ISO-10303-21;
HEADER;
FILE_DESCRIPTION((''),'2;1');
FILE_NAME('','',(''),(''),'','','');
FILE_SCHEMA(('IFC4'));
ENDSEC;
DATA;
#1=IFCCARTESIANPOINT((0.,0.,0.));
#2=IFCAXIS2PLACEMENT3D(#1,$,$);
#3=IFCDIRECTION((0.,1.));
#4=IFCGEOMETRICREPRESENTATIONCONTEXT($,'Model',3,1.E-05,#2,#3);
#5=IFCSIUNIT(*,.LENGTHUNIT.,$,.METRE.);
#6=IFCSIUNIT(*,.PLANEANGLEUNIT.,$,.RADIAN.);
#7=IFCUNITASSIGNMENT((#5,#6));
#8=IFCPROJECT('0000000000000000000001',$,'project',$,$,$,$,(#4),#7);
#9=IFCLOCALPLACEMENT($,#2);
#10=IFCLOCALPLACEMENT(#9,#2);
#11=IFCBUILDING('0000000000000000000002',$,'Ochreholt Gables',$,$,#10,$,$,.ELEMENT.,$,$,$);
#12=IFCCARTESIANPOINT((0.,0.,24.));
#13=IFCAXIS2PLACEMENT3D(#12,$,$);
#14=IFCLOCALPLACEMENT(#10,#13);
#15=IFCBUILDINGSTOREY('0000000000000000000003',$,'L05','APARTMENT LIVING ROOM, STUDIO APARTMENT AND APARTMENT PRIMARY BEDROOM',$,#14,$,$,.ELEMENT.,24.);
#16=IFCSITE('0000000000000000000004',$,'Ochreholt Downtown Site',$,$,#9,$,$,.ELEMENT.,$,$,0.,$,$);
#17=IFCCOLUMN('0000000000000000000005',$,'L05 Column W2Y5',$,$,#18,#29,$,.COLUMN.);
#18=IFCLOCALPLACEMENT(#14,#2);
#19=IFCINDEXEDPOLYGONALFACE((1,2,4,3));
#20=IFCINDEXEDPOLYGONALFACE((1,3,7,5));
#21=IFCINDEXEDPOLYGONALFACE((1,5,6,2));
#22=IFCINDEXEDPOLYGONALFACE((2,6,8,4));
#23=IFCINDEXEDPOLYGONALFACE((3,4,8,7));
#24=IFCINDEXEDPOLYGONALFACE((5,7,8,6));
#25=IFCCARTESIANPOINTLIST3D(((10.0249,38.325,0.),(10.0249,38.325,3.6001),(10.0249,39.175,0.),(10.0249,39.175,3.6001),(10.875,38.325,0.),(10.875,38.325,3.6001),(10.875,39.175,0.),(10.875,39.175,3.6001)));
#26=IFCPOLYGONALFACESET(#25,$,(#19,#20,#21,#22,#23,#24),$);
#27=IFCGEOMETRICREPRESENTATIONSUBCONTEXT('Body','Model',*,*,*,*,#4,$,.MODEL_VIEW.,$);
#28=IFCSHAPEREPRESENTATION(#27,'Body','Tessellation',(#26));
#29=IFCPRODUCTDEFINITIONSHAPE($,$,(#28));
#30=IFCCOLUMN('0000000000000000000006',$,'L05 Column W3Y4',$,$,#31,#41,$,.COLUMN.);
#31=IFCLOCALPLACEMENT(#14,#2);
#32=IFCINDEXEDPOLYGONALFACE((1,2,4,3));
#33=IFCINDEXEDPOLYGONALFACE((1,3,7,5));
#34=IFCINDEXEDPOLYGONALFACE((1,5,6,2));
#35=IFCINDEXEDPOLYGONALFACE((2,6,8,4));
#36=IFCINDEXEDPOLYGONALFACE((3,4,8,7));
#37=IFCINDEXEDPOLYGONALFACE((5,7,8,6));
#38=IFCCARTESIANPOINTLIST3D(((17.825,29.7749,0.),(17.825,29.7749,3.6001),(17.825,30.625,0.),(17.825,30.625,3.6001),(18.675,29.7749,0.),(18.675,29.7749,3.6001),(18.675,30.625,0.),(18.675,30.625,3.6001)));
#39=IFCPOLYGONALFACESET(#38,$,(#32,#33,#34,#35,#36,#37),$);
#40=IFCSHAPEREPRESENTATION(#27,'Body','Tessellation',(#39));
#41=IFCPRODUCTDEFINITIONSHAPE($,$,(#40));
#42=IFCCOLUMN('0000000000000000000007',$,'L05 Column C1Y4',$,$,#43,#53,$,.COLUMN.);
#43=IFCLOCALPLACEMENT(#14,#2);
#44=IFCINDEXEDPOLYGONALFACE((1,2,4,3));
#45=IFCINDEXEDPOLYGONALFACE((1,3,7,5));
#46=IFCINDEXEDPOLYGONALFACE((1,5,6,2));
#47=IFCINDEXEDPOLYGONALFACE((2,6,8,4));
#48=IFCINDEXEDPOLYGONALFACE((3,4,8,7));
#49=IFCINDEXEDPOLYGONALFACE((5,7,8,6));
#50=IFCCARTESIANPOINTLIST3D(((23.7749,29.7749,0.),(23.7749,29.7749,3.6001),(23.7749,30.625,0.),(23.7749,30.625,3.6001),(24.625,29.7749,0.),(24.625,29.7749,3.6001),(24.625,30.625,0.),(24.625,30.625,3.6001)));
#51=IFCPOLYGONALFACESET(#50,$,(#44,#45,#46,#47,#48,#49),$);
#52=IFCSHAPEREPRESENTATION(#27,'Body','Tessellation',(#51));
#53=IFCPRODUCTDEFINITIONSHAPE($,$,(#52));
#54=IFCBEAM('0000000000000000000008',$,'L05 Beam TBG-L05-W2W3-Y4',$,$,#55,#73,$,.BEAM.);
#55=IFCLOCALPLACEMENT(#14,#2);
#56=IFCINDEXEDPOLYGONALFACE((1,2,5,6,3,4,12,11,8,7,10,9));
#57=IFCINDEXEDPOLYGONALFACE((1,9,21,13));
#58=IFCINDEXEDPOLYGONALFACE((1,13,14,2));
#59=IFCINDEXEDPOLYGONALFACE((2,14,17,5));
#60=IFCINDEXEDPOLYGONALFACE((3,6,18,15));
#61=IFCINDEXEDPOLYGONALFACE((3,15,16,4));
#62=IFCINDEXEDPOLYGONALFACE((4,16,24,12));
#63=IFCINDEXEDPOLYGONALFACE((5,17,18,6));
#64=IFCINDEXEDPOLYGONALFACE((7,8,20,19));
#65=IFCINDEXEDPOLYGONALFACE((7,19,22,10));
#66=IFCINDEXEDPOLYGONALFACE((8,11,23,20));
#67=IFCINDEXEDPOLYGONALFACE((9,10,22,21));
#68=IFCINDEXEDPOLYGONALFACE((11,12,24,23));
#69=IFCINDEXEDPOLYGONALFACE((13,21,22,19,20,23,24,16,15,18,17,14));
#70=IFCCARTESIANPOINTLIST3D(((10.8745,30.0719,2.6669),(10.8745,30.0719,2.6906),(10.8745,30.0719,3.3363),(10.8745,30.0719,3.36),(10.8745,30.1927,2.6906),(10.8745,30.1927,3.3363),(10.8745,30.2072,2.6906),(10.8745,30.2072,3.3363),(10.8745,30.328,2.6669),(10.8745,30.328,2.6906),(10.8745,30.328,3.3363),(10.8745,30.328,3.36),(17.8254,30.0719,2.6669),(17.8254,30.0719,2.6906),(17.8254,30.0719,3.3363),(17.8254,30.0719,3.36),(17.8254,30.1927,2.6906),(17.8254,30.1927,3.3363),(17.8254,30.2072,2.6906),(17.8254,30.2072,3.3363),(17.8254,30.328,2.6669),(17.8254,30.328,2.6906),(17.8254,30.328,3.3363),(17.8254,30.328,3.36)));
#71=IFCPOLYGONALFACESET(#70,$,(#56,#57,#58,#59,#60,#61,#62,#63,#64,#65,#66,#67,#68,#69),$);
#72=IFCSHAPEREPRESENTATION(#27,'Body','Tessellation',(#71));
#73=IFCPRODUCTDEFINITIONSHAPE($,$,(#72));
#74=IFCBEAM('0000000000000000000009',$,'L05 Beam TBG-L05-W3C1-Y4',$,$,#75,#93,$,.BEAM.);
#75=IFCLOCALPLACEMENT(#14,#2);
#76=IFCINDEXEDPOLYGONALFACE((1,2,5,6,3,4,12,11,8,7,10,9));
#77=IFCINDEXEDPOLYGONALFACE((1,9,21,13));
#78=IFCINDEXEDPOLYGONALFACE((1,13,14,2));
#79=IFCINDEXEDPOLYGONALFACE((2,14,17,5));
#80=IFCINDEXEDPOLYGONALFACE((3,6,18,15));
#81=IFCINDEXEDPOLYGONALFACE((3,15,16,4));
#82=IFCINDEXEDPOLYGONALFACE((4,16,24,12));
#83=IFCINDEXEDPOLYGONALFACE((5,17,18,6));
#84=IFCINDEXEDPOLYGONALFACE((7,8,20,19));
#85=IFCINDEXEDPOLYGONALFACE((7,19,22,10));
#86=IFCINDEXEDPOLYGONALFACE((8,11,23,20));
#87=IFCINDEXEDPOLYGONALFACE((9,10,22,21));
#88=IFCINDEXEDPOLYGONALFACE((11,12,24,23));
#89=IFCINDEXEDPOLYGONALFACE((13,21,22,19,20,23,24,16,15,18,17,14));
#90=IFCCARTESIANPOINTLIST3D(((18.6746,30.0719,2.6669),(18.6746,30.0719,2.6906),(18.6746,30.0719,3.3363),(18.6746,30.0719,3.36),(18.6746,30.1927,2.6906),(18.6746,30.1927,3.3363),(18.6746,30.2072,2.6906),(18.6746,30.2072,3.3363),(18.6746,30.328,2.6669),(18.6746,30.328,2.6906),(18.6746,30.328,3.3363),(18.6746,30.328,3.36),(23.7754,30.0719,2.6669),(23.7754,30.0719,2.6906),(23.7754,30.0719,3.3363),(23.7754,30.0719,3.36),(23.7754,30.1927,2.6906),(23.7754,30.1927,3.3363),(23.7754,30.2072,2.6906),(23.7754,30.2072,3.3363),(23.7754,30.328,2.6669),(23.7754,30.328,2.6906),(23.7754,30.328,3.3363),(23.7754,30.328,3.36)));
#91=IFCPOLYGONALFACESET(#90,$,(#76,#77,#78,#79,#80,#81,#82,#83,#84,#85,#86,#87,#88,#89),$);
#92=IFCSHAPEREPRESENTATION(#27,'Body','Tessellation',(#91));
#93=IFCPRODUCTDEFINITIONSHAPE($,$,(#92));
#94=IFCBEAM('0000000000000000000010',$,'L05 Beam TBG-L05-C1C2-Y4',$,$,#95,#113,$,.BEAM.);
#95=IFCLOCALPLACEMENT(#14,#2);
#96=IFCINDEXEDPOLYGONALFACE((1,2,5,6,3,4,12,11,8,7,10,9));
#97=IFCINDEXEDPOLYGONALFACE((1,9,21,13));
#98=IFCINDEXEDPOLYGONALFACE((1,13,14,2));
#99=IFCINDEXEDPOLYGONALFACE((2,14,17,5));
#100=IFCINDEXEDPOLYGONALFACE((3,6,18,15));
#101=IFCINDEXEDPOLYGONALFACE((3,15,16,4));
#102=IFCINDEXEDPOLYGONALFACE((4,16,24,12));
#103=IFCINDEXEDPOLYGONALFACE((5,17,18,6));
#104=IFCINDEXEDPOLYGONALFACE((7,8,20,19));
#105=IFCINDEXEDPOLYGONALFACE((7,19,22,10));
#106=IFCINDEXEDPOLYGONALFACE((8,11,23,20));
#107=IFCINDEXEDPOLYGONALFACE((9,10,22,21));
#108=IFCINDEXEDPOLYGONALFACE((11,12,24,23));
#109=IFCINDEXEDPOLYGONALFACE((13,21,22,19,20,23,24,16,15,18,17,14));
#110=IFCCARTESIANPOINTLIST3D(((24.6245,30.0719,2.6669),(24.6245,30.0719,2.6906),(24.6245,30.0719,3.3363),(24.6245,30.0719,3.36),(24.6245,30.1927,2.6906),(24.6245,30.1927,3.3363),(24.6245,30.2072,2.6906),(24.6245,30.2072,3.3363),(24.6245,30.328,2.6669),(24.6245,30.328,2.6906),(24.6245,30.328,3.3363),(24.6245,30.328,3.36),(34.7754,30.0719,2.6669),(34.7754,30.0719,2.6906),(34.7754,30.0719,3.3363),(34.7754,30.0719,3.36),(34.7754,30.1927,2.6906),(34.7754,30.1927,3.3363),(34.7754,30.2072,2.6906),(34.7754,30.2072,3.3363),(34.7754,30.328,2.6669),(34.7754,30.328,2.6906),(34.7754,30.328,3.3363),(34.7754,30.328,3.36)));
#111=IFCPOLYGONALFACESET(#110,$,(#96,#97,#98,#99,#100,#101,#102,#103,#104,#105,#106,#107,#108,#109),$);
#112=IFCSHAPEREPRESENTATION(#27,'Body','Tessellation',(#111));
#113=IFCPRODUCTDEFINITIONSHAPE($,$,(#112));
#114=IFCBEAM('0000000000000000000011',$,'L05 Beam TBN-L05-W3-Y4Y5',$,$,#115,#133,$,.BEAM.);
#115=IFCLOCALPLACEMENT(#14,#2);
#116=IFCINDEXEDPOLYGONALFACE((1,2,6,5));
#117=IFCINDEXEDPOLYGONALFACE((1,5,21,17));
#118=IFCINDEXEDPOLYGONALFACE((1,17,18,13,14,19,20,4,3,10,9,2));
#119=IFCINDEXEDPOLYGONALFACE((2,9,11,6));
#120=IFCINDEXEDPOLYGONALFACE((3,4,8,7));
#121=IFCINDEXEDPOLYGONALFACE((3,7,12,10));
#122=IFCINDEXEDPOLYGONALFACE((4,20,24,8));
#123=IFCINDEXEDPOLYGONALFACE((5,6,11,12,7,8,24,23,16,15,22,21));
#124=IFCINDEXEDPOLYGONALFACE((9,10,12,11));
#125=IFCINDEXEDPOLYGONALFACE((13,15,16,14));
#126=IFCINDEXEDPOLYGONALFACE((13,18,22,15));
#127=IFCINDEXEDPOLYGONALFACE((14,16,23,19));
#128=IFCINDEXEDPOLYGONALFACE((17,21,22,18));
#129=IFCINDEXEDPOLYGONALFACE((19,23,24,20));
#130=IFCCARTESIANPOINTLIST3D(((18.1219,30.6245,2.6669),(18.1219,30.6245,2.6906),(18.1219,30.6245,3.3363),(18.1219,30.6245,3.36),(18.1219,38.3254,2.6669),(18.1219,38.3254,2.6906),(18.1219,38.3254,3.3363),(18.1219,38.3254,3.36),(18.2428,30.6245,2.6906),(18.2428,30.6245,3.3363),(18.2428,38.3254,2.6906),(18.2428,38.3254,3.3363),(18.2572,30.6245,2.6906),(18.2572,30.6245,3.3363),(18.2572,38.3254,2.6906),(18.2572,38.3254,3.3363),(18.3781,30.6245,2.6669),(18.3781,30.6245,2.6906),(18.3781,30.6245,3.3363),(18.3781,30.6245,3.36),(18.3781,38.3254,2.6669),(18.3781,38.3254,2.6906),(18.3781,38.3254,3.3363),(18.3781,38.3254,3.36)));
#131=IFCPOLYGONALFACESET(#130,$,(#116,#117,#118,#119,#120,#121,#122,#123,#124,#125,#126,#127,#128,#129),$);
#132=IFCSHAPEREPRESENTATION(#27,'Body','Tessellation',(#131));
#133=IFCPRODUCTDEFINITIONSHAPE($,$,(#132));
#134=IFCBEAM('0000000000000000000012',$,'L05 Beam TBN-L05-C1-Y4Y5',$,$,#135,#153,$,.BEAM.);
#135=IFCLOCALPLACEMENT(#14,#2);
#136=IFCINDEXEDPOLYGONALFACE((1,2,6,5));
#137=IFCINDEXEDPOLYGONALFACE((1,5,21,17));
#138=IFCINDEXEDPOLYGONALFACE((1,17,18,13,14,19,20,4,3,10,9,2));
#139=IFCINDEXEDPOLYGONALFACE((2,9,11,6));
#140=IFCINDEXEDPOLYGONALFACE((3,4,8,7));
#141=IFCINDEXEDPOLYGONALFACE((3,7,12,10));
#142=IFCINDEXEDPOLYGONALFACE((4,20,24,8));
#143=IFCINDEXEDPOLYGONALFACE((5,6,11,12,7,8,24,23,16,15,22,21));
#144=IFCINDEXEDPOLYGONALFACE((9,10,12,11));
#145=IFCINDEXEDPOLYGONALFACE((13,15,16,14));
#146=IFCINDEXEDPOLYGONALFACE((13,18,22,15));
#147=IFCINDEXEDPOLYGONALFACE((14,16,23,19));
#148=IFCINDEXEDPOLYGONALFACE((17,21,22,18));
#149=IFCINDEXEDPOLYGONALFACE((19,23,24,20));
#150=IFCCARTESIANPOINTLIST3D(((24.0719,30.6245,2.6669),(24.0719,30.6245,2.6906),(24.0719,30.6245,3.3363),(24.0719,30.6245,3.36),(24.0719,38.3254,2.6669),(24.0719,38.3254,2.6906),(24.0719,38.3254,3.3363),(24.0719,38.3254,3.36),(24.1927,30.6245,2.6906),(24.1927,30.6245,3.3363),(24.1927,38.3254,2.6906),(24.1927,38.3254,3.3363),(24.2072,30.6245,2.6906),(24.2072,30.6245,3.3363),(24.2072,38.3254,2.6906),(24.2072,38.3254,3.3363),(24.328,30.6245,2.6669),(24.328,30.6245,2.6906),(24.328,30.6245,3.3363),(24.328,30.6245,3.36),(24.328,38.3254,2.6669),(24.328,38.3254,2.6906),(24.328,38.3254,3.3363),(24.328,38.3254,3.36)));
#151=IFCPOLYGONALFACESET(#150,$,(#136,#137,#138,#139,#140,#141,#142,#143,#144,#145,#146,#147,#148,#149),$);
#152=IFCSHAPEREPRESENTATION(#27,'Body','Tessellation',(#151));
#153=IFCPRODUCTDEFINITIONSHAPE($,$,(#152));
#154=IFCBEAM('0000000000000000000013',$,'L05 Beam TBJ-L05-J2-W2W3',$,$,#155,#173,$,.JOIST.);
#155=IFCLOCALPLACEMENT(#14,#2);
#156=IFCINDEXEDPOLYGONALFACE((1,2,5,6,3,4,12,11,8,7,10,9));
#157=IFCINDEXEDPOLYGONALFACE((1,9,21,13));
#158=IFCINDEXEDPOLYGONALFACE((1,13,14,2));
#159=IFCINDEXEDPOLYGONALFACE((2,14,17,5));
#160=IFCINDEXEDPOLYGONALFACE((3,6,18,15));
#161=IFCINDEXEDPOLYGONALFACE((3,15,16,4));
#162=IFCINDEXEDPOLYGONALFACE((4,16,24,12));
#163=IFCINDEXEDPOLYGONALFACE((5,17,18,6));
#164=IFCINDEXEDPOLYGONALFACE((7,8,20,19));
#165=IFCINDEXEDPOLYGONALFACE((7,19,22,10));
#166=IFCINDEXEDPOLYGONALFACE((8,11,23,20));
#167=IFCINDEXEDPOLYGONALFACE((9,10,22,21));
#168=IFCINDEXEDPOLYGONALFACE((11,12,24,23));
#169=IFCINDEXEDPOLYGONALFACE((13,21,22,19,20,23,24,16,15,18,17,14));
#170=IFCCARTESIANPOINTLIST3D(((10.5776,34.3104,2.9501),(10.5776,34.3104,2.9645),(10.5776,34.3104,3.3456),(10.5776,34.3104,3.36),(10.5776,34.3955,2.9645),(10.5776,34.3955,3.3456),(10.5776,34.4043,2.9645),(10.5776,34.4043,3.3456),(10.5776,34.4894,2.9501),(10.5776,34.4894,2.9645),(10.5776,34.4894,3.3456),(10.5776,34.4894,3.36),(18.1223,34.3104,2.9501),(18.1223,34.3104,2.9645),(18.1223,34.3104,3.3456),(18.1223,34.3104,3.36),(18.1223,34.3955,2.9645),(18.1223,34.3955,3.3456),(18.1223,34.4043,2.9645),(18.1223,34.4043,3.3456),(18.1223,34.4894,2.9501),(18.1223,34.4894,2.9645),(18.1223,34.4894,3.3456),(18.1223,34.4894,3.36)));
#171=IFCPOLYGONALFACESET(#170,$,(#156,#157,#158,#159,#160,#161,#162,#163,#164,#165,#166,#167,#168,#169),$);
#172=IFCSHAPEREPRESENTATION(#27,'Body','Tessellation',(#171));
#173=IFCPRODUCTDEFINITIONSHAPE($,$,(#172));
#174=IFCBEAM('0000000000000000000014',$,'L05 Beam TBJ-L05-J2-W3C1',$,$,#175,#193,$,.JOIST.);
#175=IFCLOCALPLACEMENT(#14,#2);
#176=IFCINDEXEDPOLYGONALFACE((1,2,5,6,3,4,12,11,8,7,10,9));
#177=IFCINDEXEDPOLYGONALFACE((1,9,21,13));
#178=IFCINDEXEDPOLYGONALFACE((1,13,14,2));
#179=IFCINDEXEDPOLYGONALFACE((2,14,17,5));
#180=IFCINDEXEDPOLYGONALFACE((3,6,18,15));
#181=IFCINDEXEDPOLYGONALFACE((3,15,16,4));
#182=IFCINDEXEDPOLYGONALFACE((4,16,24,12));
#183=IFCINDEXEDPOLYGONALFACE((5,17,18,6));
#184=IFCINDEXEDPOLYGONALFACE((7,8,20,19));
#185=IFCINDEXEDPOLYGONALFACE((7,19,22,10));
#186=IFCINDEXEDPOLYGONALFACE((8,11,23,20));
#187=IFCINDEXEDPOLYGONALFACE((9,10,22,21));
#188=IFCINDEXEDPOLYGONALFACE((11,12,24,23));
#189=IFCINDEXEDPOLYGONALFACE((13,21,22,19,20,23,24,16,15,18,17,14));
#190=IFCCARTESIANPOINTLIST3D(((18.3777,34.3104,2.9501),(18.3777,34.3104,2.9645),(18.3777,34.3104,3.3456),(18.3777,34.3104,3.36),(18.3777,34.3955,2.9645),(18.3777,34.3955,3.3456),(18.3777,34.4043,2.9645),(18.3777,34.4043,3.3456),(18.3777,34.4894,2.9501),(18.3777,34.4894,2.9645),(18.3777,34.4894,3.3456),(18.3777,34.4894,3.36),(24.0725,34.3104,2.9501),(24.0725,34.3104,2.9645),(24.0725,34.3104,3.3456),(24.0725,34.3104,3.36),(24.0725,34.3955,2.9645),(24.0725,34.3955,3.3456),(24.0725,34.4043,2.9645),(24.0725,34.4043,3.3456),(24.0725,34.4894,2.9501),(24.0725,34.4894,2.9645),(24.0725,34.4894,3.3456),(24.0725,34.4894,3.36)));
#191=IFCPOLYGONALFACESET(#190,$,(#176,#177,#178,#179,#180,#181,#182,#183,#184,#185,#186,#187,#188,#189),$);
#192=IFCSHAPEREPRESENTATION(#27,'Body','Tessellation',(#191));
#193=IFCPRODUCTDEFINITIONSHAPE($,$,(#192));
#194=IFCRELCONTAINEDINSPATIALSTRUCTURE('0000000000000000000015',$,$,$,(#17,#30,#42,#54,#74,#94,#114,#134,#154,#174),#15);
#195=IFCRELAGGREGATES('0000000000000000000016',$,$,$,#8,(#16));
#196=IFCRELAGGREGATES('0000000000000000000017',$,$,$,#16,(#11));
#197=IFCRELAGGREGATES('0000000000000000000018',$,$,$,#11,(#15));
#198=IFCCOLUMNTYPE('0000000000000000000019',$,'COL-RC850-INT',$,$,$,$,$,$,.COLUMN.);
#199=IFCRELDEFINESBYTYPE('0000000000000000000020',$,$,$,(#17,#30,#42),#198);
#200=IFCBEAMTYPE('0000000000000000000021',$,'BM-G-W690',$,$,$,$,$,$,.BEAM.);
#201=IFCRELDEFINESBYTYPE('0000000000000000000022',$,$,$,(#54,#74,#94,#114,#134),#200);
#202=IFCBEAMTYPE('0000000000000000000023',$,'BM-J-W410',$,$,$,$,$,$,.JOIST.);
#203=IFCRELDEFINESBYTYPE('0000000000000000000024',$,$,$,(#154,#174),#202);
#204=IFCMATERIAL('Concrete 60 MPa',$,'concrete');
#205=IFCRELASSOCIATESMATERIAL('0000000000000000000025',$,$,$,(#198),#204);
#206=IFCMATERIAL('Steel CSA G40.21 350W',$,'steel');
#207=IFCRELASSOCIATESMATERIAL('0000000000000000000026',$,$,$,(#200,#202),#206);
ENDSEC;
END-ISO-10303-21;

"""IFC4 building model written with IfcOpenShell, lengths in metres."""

from ifc_helpers import new_model, si_unit, direction, frame, origin, origin_2d, place, context, subcontext, project, spatial, rectangle, i_section, extrude, material, material_profile, profile_set, type_object, element, save


model = new_model("IFC4")

# Units and contexts
model_context = context("Model", 3, precision=1e-05, world=origin(), true_north=direction((0.0, 1.0)))
body_context = subcontext(model_context, "Body", "Model", "MODEL_VIEW")
ifc_project = project(units=[si_unit("LENGTHUNIT", "METRE"), si_unit("PLANEANGLEUNIT", "RADIAN")], contexts=[model_context])

# Site, building, storey
site_placement = place(None, origin())
site = spatial("IfcSite", under=ifc_project, at=site_placement, Name="Ochreholt Downtown Site", CompositionType="ELEMENT", RefElevation=0.0)
building_placement = place(site_placement, origin())
building = spatial("IfcBuilding", under=site, at=building_placement, Name="Ochreholt Gables", CompositionType="ELEMENT")
storey_placement = place(building_placement, frame((0.0, 0.0, 24.0)))
storey = spatial("IfcBuildingStorey", under=building, at=storey_placement, Name="L05", Description="APARTMENT LIVING ROOM, STUDIO APARTMENT AND APARTMENT PRIMARY BEDROOM", CompositionType="ELEMENT", Elevation=24.0)

# Columns
ifc_material_1 = material(Name="Concrete 60 MPa", Category="concrete")
ifc_material_profile_1 = material_profile(ifc_material_1, rectangle(XDim=0.8501, YDim=0.8501, at=origin_2d()), Name="RC850X850")
ifc_profile_set_1 = profile_set([ifc_material_profile_1], Name="Concrete 60 MPa")
column_type = type_object("IfcColumnType", Name="COL-RC850-INT", PredefinedType="COLUMN", material=ifc_profile_set_1)
for number, where, z_axis, x_axis, name in (
    (1, (10.45, 38.75, 0.0), (0.0, 0.0, 1.0), (1.0, 0.0, 0.0), "L05 Column W2Y5"),
    (2, (18.25, 30.2, 0.0), (0.0, 0.0, 1.0), (1.0, 0.0, 0.0), "L05 Column W3Y4"),
    (3, (24.2, 30.2, 0.0), (0.0, 0.0, 1.0), (1.0, 0.0, 0.0), "L05 Column C1Y4"),
):
    element("IfcColumn", number, at=place(storey_placement, frame(where, z_axis=z_axis, x_axis=x_axis)), inside=storey, type_object=column_type, Name=name, PredefinedType="COLUMN", context=body_context, shape_type="SweptSolid", body=[
        extrude(rectangle(XDim=0.8501, YDim=0.8501, at=origin_2d()), origin(), (0.0, 0.0, 1.0), 3.6001),
    ])

# Beams
ifc_material_2 = material(Name="Steel CSA G40.21 350W", Category="steel")
ifc_material_profile_2 = material_profile(ifc_material_2, i_section(OverallWidth=0.2561, OverallDepth=0.6931, WebThickness=0.0144, FlangeThickness=0.0237, at=origin_2d()), Name="W690X170")
ifc_profile_set_2 = profile_set([ifc_material_profile_2], Name="Steel CSA G40.21 350W")
beam_type_1 = type_object("IfcBeamType", Name="BM-G-W690", PredefinedType="BEAM", material=ifc_profile_set_2)
beam_1_placement = place(storey_placement, frame((10.8745, 30.2, 3.0134), z_axis=(1.0, 0.0, 0.0), x_axis=(0.0, 1.0, 0.0)))
element("IfcBeam", 4, at=beam_1_placement, inside=storey, type_object=beam_type_1, Name="L05 Beam TBG-L05-W2W3-Y4", PredefinedType="BEAM", context=body_context, shape_type="SweptSolid", body=[
    extrude(i_section(OverallWidth=0.2561, OverallDepth=0.6931, WebThickness=0.0144, FlangeThickness=0.0237, at=origin_2d()), origin(), (0.0, 0.0, 1.0), 6.9509),
])
beam_2_placement = place(storey_placement, frame((18.6746, 30.2, 3.0134), z_axis=(1.0, 0.0, 0.0), x_axis=(0.0, 1.0, 0.0)))
element("IfcBeam", 5, at=beam_2_placement, inside=storey, type_object=beam_type_1, Name="L05 Beam TBG-L05-W3C1-Y4", PredefinedType="BEAM", context=body_context, shape_type="SweptSolid", body=[
    extrude(i_section(OverallWidth=0.2561, OverallDepth=0.6931, WebThickness=0.0144, FlangeThickness=0.0237, at=origin_2d()), origin(), (0.0, 0.0, 1.0), 5.1008),
])
beam_3_placement = place(storey_placement, frame((24.6245, 30.2, 3.0134), z_axis=(1.0, 0.0, 0.0), x_axis=(0.0, 1.0, 0.0)))
element("IfcBeam", 6, at=beam_3_placement, inside=storey, type_object=beam_type_1, Name="L05 Beam TBG-L05-C1C2-Y4", PredefinedType="BEAM", context=body_context, shape_type="SweptSolid", body=[
    extrude(i_section(OverallWidth=0.2561, OverallDepth=0.6931, WebThickness=0.0144, FlangeThickness=0.0237, at=origin_2d()), origin(), (0.0, 0.0, 1.0), 10.1509),
])
for number, where, z_axis, x_axis, name in (
    (7, (18.25, 30.6245, 3.0134), (0.0, 1.0, 0.0), (-1.0, 0.0, 0.0), "L05 Beam TBN-L05-W3-Y4Y5"),
    (8, (24.2, 30.6245, 3.0134), (0.0, 1.0, 0.0), (-1.0, 0.0, 0.0), "L05 Beam TBN-L05-C1-Y4Y5"),
):
    element("IfcBeam", number, at=place(storey_placement, frame(where, z_axis=z_axis, x_axis=x_axis)), inside=storey, type_object=beam_type_1, Name=name, PredefinedType="BEAM", context=body_context, shape_type="SweptSolid", body=[
        extrude(i_section(OverallWidth=0.2561, OverallDepth=0.6931, WebThickness=0.0144, FlangeThickness=0.0237, at=origin_2d()), origin(), (0.0, 0.0, 1.0), 7.7009),
    ])
ifc_material_profile_3 = material_profile(ifc_material_2, i_section(OverallWidth=0.179, OverallDepth=0.4099, WebThickness=0.0088, FlangeThickness=0.0144, at=origin_2d()), Name="W410X67")
ifc_profile_set_3 = profile_set([ifc_material_profile_3], Name="Steel CSA G40.21 350W")
beam_type_2 = type_object("IfcBeamType", Name="BM-J-W410", PredefinedType="JOIST", material=ifc_profile_set_3)
beam_4_placement = place(storey_placement, frame((10.5776, 34.3999, 3.155), z_axis=(1.0, 0.0, 0.0), x_axis=(0.0, 1.0, 0.0)))
element("IfcBeam", 9, at=beam_4_placement, inside=storey, type_object=beam_type_2, Name="L05 Beam TBJ-L05-J2-W2W3", PredefinedType="JOIST", context=body_context, shape_type="SweptSolid", body=[
    extrude(i_section(OverallWidth=0.179, OverallDepth=0.4099, WebThickness=0.0088, FlangeThickness=0.0144, at=origin_2d()), origin(), (0.0, 0.0, 1.0), 7.5447),
])
beam_5_placement = place(storey_placement, frame((18.3777, 34.3999, 3.155), z_axis=(1.0, 0.0, 0.0), x_axis=(0.0, 1.0, 0.0)))
element("IfcBeam", 10, at=beam_5_placement, inside=storey, type_object=beam_type_2, Name="L05 Beam TBJ-L05-J2-W3C1", PredefinedType="JOIST", context=body_context, shape_type="SweptSolid", body=[
    extrude(i_section(OverallWidth=0.179, OverallDepth=0.4099, WebThickness=0.0088, FlangeThickness=0.0144, at=origin_2d()), origin(), (0.0, 0.0, 1.0), 5.6948),
])

save(model, "model.ifc")
